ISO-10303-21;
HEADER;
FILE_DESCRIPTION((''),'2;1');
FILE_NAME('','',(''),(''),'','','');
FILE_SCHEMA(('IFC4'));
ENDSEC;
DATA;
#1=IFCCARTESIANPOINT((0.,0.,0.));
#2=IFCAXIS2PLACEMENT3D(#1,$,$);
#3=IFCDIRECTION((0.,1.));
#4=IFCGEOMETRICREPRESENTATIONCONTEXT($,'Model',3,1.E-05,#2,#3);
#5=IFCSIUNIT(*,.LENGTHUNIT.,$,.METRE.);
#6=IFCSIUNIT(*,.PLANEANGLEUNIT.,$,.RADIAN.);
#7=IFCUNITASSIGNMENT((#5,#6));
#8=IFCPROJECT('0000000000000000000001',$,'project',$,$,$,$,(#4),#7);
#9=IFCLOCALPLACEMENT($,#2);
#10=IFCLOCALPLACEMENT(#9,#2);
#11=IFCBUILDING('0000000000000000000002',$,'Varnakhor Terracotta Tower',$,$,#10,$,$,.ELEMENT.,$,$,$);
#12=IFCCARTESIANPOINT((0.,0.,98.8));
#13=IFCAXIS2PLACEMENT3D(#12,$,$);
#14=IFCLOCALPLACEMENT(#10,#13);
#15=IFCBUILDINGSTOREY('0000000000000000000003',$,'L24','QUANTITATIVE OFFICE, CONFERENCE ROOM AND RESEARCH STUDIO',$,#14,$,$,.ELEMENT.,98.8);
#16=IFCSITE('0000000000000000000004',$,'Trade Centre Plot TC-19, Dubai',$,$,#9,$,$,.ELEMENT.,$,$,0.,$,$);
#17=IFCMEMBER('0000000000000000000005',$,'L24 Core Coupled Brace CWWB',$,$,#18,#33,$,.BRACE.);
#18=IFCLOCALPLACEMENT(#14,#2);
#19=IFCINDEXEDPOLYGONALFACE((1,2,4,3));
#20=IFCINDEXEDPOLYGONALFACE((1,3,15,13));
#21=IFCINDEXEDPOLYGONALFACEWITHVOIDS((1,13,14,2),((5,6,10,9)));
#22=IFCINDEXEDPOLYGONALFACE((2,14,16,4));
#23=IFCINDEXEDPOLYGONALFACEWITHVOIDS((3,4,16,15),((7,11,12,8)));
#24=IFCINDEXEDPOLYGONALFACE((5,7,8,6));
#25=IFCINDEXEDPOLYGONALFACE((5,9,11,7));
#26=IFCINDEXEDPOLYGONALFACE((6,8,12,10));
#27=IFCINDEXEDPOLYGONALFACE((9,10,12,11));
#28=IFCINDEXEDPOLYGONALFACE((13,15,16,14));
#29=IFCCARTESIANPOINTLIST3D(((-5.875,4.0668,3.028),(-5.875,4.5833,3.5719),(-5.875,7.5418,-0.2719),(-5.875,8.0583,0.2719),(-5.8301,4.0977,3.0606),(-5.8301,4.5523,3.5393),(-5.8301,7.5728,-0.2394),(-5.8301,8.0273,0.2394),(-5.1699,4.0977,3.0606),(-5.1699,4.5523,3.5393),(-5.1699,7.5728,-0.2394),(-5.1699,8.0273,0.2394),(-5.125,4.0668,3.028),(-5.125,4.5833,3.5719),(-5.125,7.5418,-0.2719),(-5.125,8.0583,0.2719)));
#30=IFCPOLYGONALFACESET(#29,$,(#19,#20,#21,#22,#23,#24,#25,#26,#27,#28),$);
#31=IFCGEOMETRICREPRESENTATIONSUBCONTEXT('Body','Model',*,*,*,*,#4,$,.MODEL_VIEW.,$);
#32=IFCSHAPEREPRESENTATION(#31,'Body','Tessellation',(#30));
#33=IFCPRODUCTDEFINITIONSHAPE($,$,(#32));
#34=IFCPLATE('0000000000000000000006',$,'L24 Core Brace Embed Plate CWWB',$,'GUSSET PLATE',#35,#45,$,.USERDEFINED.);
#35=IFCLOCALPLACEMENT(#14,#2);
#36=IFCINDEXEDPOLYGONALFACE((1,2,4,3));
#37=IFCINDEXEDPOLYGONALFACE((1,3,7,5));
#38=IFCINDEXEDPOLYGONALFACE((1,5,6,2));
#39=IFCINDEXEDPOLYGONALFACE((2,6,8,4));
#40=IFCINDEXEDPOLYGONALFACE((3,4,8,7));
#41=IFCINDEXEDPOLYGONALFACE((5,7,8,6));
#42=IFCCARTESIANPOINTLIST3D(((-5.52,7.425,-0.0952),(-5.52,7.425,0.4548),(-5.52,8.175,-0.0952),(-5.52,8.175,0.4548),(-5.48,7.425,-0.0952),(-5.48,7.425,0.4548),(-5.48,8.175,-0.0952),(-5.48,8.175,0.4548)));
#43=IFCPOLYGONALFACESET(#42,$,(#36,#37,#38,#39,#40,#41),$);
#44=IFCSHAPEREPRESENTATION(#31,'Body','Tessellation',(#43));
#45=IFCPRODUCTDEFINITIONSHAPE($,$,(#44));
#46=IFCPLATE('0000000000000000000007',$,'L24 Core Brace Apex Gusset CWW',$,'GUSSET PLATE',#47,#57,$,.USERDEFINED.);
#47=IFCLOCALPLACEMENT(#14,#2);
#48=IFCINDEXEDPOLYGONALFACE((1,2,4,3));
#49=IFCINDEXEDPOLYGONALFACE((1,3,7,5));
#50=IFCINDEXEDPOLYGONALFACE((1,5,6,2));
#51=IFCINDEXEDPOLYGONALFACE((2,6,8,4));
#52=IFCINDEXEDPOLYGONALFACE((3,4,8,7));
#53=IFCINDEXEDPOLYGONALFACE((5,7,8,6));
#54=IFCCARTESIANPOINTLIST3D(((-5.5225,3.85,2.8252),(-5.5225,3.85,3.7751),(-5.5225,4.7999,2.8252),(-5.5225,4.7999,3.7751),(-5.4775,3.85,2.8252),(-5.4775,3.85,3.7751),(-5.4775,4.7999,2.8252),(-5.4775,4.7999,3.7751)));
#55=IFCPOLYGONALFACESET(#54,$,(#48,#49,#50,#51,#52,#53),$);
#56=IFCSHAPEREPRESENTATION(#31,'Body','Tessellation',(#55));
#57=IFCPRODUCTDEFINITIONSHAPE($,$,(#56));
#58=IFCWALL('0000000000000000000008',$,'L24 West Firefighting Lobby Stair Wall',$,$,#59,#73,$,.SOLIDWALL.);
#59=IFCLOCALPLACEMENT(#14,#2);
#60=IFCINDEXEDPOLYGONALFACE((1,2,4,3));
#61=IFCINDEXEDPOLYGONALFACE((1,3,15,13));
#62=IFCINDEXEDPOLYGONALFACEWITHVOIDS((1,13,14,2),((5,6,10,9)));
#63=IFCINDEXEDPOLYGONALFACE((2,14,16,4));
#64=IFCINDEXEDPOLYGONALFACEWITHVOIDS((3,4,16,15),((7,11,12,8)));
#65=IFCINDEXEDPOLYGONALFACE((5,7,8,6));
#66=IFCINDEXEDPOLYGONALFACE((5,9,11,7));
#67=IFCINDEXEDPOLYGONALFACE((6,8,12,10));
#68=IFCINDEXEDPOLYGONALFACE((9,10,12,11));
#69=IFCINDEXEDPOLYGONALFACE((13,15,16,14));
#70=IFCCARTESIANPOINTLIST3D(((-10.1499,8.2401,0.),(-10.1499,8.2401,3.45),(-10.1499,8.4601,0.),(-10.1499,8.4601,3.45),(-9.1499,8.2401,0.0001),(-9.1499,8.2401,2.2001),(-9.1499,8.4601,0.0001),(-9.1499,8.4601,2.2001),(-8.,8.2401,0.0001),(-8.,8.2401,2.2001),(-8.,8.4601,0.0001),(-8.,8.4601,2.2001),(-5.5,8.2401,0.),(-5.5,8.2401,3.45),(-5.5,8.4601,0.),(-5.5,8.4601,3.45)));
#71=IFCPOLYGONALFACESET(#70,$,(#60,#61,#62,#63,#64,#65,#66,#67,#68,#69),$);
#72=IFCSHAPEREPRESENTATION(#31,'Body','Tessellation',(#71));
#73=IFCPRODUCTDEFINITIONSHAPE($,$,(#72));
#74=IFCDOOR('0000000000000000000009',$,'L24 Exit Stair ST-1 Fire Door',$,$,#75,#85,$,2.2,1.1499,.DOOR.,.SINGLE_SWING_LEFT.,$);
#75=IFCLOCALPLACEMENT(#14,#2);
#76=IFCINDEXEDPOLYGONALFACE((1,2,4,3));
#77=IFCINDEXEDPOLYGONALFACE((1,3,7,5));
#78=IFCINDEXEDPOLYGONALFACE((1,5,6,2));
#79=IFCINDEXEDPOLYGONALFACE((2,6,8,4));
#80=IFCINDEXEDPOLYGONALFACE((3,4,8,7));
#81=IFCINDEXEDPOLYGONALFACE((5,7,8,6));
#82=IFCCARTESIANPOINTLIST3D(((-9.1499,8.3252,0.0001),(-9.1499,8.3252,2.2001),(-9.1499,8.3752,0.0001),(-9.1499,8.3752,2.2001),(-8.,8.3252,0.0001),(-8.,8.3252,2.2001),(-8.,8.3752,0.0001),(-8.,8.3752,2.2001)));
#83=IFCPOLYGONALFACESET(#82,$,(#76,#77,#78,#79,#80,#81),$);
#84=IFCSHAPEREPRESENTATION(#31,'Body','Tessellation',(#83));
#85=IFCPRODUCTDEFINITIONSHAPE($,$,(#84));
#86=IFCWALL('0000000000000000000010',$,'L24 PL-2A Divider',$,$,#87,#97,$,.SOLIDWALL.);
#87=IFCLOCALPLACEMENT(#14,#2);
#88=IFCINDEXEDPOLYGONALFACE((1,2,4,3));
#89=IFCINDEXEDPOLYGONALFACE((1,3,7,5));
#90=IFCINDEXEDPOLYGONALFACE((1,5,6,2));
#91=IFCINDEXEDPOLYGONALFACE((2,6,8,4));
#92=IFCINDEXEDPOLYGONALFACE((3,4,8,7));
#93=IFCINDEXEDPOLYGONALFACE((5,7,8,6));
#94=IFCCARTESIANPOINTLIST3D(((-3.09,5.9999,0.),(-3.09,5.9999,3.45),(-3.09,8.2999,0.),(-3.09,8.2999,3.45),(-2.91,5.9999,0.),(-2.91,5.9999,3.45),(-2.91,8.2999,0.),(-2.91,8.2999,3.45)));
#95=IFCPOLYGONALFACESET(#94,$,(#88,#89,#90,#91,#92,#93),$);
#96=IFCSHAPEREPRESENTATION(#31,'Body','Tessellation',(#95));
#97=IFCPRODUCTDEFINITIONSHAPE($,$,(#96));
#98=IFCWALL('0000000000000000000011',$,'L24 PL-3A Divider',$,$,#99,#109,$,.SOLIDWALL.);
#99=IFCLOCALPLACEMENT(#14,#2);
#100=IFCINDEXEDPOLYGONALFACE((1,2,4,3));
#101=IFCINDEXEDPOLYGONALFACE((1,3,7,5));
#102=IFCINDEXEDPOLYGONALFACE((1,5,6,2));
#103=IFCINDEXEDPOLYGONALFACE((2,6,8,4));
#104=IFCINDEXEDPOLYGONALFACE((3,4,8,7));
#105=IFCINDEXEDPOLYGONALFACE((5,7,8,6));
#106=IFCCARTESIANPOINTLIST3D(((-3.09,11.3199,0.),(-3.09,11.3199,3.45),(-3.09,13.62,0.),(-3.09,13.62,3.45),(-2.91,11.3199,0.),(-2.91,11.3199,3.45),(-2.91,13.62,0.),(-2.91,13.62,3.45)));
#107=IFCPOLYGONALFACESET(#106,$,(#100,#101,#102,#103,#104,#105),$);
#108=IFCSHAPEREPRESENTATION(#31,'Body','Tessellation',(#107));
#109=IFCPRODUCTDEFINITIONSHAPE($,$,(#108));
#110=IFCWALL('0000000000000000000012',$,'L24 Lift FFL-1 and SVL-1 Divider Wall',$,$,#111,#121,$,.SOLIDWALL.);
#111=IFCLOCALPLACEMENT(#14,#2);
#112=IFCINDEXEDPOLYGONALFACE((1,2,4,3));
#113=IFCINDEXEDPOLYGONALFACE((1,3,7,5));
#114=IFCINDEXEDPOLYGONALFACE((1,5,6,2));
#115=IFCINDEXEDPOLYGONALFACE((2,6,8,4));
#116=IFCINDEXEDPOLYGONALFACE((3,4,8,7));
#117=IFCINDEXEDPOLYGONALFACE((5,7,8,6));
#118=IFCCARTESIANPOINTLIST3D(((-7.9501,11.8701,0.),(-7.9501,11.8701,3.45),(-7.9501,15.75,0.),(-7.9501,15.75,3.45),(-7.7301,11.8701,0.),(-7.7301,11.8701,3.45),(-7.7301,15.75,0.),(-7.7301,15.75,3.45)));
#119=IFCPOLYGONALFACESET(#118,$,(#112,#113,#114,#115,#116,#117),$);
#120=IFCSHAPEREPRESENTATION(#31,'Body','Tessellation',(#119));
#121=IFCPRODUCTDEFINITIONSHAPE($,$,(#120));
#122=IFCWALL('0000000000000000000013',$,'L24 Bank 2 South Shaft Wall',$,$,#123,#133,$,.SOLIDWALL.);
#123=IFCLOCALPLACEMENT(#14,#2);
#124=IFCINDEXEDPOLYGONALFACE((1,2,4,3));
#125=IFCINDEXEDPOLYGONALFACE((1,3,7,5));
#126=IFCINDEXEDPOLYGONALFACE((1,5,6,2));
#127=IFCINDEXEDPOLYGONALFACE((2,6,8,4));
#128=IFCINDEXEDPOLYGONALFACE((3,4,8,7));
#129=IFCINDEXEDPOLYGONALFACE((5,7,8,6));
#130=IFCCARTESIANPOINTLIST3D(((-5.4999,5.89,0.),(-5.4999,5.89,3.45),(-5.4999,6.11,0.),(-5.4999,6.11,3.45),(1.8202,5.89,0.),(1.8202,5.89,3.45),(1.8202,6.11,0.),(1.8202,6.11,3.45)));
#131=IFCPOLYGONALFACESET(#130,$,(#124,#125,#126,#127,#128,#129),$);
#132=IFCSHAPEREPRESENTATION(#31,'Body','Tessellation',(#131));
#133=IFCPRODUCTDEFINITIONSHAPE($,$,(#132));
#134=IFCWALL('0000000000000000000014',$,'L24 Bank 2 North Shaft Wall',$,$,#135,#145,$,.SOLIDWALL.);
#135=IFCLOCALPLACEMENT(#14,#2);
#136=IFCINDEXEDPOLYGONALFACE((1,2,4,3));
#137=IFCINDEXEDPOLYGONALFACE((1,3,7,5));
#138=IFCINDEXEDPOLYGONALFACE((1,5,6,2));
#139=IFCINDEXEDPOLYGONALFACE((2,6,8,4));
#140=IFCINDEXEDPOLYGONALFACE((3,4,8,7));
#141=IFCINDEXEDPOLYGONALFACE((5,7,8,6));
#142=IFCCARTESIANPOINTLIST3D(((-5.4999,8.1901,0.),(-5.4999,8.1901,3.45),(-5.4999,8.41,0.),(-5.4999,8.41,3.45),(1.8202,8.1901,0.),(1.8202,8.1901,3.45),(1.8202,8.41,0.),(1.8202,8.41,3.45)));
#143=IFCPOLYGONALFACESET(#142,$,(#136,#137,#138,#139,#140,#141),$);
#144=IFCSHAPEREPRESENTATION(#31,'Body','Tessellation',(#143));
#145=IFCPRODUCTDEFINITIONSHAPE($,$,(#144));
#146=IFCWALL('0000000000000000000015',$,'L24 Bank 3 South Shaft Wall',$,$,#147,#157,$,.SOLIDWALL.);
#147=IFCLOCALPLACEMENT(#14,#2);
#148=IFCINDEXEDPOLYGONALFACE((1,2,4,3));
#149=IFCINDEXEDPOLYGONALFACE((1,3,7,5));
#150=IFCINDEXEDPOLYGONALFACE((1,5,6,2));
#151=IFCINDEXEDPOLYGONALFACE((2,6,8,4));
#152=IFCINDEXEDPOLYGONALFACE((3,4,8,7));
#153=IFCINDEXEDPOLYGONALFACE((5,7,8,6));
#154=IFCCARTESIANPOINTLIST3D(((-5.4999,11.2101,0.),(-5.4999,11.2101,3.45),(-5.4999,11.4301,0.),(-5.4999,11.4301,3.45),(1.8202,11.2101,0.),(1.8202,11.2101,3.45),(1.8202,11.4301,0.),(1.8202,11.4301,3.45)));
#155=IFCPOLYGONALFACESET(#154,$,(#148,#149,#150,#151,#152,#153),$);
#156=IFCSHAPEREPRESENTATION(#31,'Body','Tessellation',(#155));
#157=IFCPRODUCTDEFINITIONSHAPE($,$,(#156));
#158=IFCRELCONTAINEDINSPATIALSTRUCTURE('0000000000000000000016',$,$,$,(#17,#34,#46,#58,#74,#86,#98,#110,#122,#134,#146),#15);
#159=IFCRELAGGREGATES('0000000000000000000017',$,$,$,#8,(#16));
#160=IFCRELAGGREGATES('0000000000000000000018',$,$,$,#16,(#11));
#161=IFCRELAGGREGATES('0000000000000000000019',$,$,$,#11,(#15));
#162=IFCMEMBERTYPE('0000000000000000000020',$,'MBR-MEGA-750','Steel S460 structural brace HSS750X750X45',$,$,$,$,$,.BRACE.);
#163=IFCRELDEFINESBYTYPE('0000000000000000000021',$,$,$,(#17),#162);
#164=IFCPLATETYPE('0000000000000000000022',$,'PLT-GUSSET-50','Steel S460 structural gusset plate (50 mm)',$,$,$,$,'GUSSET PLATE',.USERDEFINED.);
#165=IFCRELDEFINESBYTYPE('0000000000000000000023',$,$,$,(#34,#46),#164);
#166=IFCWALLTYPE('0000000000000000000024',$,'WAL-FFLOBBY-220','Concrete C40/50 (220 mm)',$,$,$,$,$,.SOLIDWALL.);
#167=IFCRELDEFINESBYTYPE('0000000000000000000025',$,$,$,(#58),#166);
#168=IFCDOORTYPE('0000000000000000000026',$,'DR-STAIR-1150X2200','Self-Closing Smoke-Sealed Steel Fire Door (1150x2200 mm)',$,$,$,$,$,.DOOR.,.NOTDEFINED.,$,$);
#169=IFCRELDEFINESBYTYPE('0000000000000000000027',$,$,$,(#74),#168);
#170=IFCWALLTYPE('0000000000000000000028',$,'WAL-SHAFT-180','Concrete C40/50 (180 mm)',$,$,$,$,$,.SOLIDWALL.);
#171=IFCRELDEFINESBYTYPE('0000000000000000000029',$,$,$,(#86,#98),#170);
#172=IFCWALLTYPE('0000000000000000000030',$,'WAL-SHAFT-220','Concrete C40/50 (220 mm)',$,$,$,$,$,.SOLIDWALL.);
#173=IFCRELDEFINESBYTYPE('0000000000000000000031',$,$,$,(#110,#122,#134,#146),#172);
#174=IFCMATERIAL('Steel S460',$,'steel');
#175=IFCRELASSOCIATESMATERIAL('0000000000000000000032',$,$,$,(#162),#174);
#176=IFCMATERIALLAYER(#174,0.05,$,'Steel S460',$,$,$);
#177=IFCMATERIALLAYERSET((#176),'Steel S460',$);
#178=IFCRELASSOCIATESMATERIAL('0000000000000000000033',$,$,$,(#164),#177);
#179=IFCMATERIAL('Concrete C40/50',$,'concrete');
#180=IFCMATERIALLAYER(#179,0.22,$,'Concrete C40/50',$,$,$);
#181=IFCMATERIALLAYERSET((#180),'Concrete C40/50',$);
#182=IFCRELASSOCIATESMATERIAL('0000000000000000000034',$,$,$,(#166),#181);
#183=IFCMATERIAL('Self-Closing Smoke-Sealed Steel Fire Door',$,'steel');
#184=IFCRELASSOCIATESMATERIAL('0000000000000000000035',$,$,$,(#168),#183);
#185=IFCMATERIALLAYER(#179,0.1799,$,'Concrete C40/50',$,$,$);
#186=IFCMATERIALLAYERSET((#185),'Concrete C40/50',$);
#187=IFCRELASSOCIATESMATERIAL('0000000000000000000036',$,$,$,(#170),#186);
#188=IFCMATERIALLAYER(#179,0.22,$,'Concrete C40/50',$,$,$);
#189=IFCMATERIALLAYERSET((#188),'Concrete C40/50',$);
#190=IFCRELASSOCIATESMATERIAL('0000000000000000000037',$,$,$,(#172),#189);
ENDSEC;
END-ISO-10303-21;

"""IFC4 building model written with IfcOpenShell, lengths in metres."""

from ifc_helpers import new_model, si_unit, direction, frame, frame_2d, origin, origin_2d, place, context, subcontext, project, spatial, rectangle, hollow_rectangle, extrude, source, transform, mapped, material, layer, layer_set, material_profile, profile_set, type_object, type_shapes, element, fill, save


model = new_model("IFC4")

# Units and contexts
model_context = context("Model", 3, precision=1e-05, world=origin(), true_north=direction((0.0, 1.0)))
body_context = subcontext(model_context, "Body", "Model", "MODEL_VIEW")
ifc_project = project(units=[si_unit("LENGTHUNIT", "METRE"), si_unit("PLANEANGLEUNIT", "RADIAN")], contexts=[model_context])

# Site, building, storey
site_placement = place(None, origin())
site = spatial("IfcSite", under=ifc_project, at=site_placement, Name="Trade Centre Plot TC-19, Dubai", CompositionType="ELEMENT", RefElevation=0.0)
building_placement = place(site_placement, origin())
building = spatial("IfcBuilding", under=site, at=building_placement, Name="Varnakhor Terracotta Tower", CompositionType="ELEMENT")
storey_placement = place(building_placement, frame((0.0, 0.0, 98.8)))
storey = spatial("IfcBuildingStorey", under=building, at=storey_placement, Name="L24", Description="QUANTITATIVE OFFICE, CONFERENCE ROOM AND RESEARCH STUDIO", CompositionType="ELEMENT", Elevation=98.8)

# Member
ifc_material_1 = material(Name="Steel S460", Category="steel")
ifc_material_profile = material_profile(ifc_material_1, hollow_rectangle(XDim=0.75, YDim=0.75, WallThickness=0.0449, at=origin_2d()), Name="HSS750X750X45")
ifc_profile_set = profile_set([ifc_material_profile], Name="Steel S460")
member_type = type_object("IfcMemberType", Name="MBR-MEGA-750", Description="Steel S460 structural brace HSS750X750X45", PredefinedType="BRACE", material=ifc_profile_set)
shared_shape_1 = source(origin(), body_context, "Body", "SweptSolid", [
    extrude(hollow_rectangle(XDim=0.75, YDim=0.75, WallThickness=0.0449, at=origin_2d()), origin(), (0.0, 0.0, 1.0), 4.7922),
])
member_placement = place(storey_placement, frame((-5.5, 7.8, 0.0), z_axis=(0.0, -0.725134, 0.688608), x_axis=(1.0, 0.0, 0.0)))
element("IfcMember", 1, at=member_placement, inside=storey, type_object=member_type, Name="L24 Core Coupled Brace CWWB", PredefinedType="BRACE", context=body_context, shape_type="MappedRepresentation", body=[
    mapped(shared_shape_1, transform((0.0, 0.0, 0.0), scale=1.0)),
])

# Plates
ifc_layer_1 = layer(ifc_material_1, 0.05, Name="Steel S460")
ifc_layer_set_1 = layer_set([ifc_layer_1], Name="Steel S460")
plate_type = type_object("IfcPlateType", Name="PLT-GUSSET-50", Description="Steel S460 structural gusset plate (50 mm)", ElementType="GUSSET PLATE", PredefinedType="USERDEFINED", material=ifc_layer_set_1)
shared_shape_2 = source(origin(), body_context, "Body", "SweptSolid", [
    extrude(rectangle(XDim=0.75, YDim=0.04, at=origin_2d()), origin(), (0.0, 0.0, 1.0), 0.55),
])
type_shapes(plate_type, [shared_shape_2])
plate_1_placement = place(storey_placement, frame((-5.5, 7.8, -0.0952), z_axis=(0.0, 0.0, 1.0), x_axis=(0.0, 1.0, 0.0)))
element("IfcPlate", 2, at=plate_1_placement, inside=storey, type_object=plate_type, Name="L24 Core Brace Embed Plate CWWB", ObjectType="GUSSET PLATE", PredefinedType="USERDEFINED", context=body_context, shape_type="MappedRepresentation", body=[
    mapped(shared_shape_2, transform((0.0, 0.0, 0.0), scale=1.0)),
])
shared_shape_3 = source(origin(), body_context, "Body", "SweptSolid", [
    extrude(rectangle(XDim=0.95, YDim=0.0449, at=origin_2d()), origin(), (0.0, 0.0, 1.0), 0.95),
])
plate_2_placement = place(storey_placement, frame((-5.5, 4.325, 2.8252), z_axis=(0.0, 0.0, 1.0), x_axis=(0.0, 1.0, 0.0)))
element("IfcPlate", 3, at=plate_2_placement, inside=storey, type_object=plate_type, Name="L24 Core Brace Apex Gusset CWW", ObjectType="GUSSET PLATE", PredefinedType="USERDEFINED", context=body_context, shape_type="MappedRepresentation", body=[
    mapped(shared_shape_3, transform((0.0, 0.0, 0.0), scale=1.0)),
])

# Wall, opening, door
ifc_material_2 = material(Name="Concrete C40/50", Category="concrete")
ifc_layer_2 = layer(ifc_material_2, 0.22, Name="Concrete C40/50")
ifc_layer_set_2 = layer_set([ifc_layer_2], Name="Concrete C40/50")
wall_type_1 = type_object("IfcWallType", Name="WAL-FFLOBBY-220", Description="Concrete C40/50 (220 mm)", PredefinedType="SOLIDWALL", material=ifc_layer_set_2)
wall_1_placement = place(storey_placement, frame((-5.5, 8.3501, 0.0), z_axis=(0.0, 0.0, 1.0), x_axis=(-1.0, 0.0, 0.0)))
wall_1 = element("IfcWall", 4, at=wall_1_placement, inside=storey, type_object=wall_type_1, Name="L24 West Firefighting Lobby Stair Wall", PredefinedType="SOLIDWALL", context=body_context, shape_type="SweptSolid", body=[
    extrude(rectangle(XDim=4.6499, YDim=0.22, at=frame_2d((2.325, 0.0))), origin(), (0.0, 0.0, 1.0), 3.45),
])
opening_1_placement = place(wall_1_placement, frame((2.5, 0.0, 0.0)))
opening_1 = element("IfcOpeningElement", 5, at=opening_1_placement, cuts=wall_1, PredefinedType="OPENING", context=body_context, shape_type="SweptSolid", body=[
    extrude(rectangle(XDim=1.1499, YDim=2.2, at=frame_2d((0.575, 1.1001))), frame((0.0, 0.1201, 0.0), z_axis=(0.0, -1.0, 0.0), x_axis=(1.0, 0.0, 0.0)), (0.0, 0.0, 1.0), 0.24),
])
ifc_material_3 = material(Name="Self-Closing Smoke-Sealed Steel Fire Door", Category="steel")
door_type_1 = type_object("IfcDoorType", Name="DR-STAIR-1150X2200", Description="Self-Closing Smoke-Sealed Steel Fire Door (1150x2200 mm)", OperationType="NOTDEFINED", PredefinedType="DOOR", material=ifc_material_3)
shared_shape_4 = source(origin(), body_context, "Body", "SweptSolid", [
    extrude(rectangle(XDim=1.1499, YDim=2.2, at=frame_2d((0.575, 1.1001))), frame((0.0, 0.0249, 0.0), z_axis=(0.0, -1.0, 0.0), x_axis=(1.0, 0.0, 0.0)), (0.0, 0.0, 1.0), 0.05),
])
type_shapes(door_type_1, [shared_shape_4])
door_1_placement = place(opening_1_placement, origin())
door_1 = element("IfcDoor", 6, at=door_1_placement, inside=storey, type_object=door_type_1, Name="L24 Exit Stair ST-1 Fire Door", OperationType="SINGLE_SWING_LEFT", OverallHeight=2.2, OverallWidth=1.1499, PredefinedType="DOOR", context=body_context, shape_type="MappedRepresentation", body=[
    mapped(shared_shape_4, transform((0.0, 0.0, 0.0), scale=1.0)),
])
fill(opening_1, door_1)

# Walls
ifc_layer_3 = layer(ifc_material_2, 0.1799, Name="Concrete C40/50")
ifc_layer_set_3 = layer_set([ifc_layer_3], Name="Concrete C40/50")
wall_type_2 = type_object("IfcWallType", Name="WAL-SHAFT-180", Description="Concrete C40/50 (180 mm)", PredefinedType="SOLIDWALL", material=ifc_layer_set_3)
for number, where, z_axis, x_axis, name in (
    (7, (-3.0, 6.0, 0.0), (0.0, 0.0, 1.0), (0.0, 1.0, 0.0), "L24 PL-2A Divider"),
    (8, (-3.0, 11.3201, 0.0), (0.0, 0.0, 1.0), (0.0, 1.0, 0.0), "L24 PL-3A Divider"),
):
    element("IfcWall", number, at=place(storey_placement, frame(where, z_axis=z_axis, x_axis=x_axis)), inside=storey, type_object=wall_type_2, Name=name, PredefinedType="SOLIDWALL", context=body_context, shape_type="SweptSolid", body=[
        extrude(rectangle(XDim=2.3, YDim=0.1799, at=frame_2d((1.1499, 0.0))), origin(), (0.0, 0.0, 1.0), 3.45),
    ])
ifc_layer_4 = layer(ifc_material_2, 0.22, Name="Concrete C40/50")
ifc_layer_set_4 = layer_set([ifc_layer_4], Name="Concrete C40/50")
wall_type_3 = type_object("IfcWallType", Name="WAL-SHAFT-220", Description="Concrete C40/50 (220 mm)", PredefinedType="SOLIDWALL", material=ifc_layer_set_4)
wall_2_placement = place(storey_placement, frame((-7.8401, 11.8701, 0.0), z_axis=(0.0, 0.0, 1.0), x_axis=(0.0, 1.0, 0.0)))
element("IfcWall", 9, at=wall_2_placement, inside=storey, type_object=wall_type_3, Name="L24 Lift FFL-1 and SVL-1 Divider Wall", PredefinedType="SOLIDWALL", context=body_context, shape_type="SweptSolid", body=[
    extrude(rectangle(XDim=3.8799, YDim=0.22, at=frame_2d((1.9399, 0.0))), origin(), (0.0, 0.0, 1.0), 3.45),
])
for number, where, z_axis, x_axis, name in (
    (10, (-5.5, 6.0, 0.0), (0.0, 0.0, 1.0), (1.0, 0.0, 0.0), "L24 Bank 2 South Shaft Wall"),
    (11, (-5.5, 8.3, 0.0), (0.0, 0.0, 1.0), (1.0, 0.0, 0.0), "L24 Bank 2 North Shaft Wall"),
    (12, (-5.5, 11.3201, 0.0), (0.0, 0.0, 1.0), (1.0, 0.0, 0.0), "L24 Bank 3 South Shaft Wall"),
):
    element("IfcWall", number, at=place(storey_placement, frame(where, z_axis=z_axis, x_axis=x_axis)), inside=storey, type_object=wall_type_3, Name=name, PredefinedType="SOLIDWALL", context=body_context, shape_type="SweptSolid", body=[
        extrude(rectangle(XDim=7.3201, YDim=0.22, at=frame_2d((3.6602, 0.0))), origin(), (0.0, 0.0, 1.0), 3.45),
    ])

save(model, "model.ifc")
